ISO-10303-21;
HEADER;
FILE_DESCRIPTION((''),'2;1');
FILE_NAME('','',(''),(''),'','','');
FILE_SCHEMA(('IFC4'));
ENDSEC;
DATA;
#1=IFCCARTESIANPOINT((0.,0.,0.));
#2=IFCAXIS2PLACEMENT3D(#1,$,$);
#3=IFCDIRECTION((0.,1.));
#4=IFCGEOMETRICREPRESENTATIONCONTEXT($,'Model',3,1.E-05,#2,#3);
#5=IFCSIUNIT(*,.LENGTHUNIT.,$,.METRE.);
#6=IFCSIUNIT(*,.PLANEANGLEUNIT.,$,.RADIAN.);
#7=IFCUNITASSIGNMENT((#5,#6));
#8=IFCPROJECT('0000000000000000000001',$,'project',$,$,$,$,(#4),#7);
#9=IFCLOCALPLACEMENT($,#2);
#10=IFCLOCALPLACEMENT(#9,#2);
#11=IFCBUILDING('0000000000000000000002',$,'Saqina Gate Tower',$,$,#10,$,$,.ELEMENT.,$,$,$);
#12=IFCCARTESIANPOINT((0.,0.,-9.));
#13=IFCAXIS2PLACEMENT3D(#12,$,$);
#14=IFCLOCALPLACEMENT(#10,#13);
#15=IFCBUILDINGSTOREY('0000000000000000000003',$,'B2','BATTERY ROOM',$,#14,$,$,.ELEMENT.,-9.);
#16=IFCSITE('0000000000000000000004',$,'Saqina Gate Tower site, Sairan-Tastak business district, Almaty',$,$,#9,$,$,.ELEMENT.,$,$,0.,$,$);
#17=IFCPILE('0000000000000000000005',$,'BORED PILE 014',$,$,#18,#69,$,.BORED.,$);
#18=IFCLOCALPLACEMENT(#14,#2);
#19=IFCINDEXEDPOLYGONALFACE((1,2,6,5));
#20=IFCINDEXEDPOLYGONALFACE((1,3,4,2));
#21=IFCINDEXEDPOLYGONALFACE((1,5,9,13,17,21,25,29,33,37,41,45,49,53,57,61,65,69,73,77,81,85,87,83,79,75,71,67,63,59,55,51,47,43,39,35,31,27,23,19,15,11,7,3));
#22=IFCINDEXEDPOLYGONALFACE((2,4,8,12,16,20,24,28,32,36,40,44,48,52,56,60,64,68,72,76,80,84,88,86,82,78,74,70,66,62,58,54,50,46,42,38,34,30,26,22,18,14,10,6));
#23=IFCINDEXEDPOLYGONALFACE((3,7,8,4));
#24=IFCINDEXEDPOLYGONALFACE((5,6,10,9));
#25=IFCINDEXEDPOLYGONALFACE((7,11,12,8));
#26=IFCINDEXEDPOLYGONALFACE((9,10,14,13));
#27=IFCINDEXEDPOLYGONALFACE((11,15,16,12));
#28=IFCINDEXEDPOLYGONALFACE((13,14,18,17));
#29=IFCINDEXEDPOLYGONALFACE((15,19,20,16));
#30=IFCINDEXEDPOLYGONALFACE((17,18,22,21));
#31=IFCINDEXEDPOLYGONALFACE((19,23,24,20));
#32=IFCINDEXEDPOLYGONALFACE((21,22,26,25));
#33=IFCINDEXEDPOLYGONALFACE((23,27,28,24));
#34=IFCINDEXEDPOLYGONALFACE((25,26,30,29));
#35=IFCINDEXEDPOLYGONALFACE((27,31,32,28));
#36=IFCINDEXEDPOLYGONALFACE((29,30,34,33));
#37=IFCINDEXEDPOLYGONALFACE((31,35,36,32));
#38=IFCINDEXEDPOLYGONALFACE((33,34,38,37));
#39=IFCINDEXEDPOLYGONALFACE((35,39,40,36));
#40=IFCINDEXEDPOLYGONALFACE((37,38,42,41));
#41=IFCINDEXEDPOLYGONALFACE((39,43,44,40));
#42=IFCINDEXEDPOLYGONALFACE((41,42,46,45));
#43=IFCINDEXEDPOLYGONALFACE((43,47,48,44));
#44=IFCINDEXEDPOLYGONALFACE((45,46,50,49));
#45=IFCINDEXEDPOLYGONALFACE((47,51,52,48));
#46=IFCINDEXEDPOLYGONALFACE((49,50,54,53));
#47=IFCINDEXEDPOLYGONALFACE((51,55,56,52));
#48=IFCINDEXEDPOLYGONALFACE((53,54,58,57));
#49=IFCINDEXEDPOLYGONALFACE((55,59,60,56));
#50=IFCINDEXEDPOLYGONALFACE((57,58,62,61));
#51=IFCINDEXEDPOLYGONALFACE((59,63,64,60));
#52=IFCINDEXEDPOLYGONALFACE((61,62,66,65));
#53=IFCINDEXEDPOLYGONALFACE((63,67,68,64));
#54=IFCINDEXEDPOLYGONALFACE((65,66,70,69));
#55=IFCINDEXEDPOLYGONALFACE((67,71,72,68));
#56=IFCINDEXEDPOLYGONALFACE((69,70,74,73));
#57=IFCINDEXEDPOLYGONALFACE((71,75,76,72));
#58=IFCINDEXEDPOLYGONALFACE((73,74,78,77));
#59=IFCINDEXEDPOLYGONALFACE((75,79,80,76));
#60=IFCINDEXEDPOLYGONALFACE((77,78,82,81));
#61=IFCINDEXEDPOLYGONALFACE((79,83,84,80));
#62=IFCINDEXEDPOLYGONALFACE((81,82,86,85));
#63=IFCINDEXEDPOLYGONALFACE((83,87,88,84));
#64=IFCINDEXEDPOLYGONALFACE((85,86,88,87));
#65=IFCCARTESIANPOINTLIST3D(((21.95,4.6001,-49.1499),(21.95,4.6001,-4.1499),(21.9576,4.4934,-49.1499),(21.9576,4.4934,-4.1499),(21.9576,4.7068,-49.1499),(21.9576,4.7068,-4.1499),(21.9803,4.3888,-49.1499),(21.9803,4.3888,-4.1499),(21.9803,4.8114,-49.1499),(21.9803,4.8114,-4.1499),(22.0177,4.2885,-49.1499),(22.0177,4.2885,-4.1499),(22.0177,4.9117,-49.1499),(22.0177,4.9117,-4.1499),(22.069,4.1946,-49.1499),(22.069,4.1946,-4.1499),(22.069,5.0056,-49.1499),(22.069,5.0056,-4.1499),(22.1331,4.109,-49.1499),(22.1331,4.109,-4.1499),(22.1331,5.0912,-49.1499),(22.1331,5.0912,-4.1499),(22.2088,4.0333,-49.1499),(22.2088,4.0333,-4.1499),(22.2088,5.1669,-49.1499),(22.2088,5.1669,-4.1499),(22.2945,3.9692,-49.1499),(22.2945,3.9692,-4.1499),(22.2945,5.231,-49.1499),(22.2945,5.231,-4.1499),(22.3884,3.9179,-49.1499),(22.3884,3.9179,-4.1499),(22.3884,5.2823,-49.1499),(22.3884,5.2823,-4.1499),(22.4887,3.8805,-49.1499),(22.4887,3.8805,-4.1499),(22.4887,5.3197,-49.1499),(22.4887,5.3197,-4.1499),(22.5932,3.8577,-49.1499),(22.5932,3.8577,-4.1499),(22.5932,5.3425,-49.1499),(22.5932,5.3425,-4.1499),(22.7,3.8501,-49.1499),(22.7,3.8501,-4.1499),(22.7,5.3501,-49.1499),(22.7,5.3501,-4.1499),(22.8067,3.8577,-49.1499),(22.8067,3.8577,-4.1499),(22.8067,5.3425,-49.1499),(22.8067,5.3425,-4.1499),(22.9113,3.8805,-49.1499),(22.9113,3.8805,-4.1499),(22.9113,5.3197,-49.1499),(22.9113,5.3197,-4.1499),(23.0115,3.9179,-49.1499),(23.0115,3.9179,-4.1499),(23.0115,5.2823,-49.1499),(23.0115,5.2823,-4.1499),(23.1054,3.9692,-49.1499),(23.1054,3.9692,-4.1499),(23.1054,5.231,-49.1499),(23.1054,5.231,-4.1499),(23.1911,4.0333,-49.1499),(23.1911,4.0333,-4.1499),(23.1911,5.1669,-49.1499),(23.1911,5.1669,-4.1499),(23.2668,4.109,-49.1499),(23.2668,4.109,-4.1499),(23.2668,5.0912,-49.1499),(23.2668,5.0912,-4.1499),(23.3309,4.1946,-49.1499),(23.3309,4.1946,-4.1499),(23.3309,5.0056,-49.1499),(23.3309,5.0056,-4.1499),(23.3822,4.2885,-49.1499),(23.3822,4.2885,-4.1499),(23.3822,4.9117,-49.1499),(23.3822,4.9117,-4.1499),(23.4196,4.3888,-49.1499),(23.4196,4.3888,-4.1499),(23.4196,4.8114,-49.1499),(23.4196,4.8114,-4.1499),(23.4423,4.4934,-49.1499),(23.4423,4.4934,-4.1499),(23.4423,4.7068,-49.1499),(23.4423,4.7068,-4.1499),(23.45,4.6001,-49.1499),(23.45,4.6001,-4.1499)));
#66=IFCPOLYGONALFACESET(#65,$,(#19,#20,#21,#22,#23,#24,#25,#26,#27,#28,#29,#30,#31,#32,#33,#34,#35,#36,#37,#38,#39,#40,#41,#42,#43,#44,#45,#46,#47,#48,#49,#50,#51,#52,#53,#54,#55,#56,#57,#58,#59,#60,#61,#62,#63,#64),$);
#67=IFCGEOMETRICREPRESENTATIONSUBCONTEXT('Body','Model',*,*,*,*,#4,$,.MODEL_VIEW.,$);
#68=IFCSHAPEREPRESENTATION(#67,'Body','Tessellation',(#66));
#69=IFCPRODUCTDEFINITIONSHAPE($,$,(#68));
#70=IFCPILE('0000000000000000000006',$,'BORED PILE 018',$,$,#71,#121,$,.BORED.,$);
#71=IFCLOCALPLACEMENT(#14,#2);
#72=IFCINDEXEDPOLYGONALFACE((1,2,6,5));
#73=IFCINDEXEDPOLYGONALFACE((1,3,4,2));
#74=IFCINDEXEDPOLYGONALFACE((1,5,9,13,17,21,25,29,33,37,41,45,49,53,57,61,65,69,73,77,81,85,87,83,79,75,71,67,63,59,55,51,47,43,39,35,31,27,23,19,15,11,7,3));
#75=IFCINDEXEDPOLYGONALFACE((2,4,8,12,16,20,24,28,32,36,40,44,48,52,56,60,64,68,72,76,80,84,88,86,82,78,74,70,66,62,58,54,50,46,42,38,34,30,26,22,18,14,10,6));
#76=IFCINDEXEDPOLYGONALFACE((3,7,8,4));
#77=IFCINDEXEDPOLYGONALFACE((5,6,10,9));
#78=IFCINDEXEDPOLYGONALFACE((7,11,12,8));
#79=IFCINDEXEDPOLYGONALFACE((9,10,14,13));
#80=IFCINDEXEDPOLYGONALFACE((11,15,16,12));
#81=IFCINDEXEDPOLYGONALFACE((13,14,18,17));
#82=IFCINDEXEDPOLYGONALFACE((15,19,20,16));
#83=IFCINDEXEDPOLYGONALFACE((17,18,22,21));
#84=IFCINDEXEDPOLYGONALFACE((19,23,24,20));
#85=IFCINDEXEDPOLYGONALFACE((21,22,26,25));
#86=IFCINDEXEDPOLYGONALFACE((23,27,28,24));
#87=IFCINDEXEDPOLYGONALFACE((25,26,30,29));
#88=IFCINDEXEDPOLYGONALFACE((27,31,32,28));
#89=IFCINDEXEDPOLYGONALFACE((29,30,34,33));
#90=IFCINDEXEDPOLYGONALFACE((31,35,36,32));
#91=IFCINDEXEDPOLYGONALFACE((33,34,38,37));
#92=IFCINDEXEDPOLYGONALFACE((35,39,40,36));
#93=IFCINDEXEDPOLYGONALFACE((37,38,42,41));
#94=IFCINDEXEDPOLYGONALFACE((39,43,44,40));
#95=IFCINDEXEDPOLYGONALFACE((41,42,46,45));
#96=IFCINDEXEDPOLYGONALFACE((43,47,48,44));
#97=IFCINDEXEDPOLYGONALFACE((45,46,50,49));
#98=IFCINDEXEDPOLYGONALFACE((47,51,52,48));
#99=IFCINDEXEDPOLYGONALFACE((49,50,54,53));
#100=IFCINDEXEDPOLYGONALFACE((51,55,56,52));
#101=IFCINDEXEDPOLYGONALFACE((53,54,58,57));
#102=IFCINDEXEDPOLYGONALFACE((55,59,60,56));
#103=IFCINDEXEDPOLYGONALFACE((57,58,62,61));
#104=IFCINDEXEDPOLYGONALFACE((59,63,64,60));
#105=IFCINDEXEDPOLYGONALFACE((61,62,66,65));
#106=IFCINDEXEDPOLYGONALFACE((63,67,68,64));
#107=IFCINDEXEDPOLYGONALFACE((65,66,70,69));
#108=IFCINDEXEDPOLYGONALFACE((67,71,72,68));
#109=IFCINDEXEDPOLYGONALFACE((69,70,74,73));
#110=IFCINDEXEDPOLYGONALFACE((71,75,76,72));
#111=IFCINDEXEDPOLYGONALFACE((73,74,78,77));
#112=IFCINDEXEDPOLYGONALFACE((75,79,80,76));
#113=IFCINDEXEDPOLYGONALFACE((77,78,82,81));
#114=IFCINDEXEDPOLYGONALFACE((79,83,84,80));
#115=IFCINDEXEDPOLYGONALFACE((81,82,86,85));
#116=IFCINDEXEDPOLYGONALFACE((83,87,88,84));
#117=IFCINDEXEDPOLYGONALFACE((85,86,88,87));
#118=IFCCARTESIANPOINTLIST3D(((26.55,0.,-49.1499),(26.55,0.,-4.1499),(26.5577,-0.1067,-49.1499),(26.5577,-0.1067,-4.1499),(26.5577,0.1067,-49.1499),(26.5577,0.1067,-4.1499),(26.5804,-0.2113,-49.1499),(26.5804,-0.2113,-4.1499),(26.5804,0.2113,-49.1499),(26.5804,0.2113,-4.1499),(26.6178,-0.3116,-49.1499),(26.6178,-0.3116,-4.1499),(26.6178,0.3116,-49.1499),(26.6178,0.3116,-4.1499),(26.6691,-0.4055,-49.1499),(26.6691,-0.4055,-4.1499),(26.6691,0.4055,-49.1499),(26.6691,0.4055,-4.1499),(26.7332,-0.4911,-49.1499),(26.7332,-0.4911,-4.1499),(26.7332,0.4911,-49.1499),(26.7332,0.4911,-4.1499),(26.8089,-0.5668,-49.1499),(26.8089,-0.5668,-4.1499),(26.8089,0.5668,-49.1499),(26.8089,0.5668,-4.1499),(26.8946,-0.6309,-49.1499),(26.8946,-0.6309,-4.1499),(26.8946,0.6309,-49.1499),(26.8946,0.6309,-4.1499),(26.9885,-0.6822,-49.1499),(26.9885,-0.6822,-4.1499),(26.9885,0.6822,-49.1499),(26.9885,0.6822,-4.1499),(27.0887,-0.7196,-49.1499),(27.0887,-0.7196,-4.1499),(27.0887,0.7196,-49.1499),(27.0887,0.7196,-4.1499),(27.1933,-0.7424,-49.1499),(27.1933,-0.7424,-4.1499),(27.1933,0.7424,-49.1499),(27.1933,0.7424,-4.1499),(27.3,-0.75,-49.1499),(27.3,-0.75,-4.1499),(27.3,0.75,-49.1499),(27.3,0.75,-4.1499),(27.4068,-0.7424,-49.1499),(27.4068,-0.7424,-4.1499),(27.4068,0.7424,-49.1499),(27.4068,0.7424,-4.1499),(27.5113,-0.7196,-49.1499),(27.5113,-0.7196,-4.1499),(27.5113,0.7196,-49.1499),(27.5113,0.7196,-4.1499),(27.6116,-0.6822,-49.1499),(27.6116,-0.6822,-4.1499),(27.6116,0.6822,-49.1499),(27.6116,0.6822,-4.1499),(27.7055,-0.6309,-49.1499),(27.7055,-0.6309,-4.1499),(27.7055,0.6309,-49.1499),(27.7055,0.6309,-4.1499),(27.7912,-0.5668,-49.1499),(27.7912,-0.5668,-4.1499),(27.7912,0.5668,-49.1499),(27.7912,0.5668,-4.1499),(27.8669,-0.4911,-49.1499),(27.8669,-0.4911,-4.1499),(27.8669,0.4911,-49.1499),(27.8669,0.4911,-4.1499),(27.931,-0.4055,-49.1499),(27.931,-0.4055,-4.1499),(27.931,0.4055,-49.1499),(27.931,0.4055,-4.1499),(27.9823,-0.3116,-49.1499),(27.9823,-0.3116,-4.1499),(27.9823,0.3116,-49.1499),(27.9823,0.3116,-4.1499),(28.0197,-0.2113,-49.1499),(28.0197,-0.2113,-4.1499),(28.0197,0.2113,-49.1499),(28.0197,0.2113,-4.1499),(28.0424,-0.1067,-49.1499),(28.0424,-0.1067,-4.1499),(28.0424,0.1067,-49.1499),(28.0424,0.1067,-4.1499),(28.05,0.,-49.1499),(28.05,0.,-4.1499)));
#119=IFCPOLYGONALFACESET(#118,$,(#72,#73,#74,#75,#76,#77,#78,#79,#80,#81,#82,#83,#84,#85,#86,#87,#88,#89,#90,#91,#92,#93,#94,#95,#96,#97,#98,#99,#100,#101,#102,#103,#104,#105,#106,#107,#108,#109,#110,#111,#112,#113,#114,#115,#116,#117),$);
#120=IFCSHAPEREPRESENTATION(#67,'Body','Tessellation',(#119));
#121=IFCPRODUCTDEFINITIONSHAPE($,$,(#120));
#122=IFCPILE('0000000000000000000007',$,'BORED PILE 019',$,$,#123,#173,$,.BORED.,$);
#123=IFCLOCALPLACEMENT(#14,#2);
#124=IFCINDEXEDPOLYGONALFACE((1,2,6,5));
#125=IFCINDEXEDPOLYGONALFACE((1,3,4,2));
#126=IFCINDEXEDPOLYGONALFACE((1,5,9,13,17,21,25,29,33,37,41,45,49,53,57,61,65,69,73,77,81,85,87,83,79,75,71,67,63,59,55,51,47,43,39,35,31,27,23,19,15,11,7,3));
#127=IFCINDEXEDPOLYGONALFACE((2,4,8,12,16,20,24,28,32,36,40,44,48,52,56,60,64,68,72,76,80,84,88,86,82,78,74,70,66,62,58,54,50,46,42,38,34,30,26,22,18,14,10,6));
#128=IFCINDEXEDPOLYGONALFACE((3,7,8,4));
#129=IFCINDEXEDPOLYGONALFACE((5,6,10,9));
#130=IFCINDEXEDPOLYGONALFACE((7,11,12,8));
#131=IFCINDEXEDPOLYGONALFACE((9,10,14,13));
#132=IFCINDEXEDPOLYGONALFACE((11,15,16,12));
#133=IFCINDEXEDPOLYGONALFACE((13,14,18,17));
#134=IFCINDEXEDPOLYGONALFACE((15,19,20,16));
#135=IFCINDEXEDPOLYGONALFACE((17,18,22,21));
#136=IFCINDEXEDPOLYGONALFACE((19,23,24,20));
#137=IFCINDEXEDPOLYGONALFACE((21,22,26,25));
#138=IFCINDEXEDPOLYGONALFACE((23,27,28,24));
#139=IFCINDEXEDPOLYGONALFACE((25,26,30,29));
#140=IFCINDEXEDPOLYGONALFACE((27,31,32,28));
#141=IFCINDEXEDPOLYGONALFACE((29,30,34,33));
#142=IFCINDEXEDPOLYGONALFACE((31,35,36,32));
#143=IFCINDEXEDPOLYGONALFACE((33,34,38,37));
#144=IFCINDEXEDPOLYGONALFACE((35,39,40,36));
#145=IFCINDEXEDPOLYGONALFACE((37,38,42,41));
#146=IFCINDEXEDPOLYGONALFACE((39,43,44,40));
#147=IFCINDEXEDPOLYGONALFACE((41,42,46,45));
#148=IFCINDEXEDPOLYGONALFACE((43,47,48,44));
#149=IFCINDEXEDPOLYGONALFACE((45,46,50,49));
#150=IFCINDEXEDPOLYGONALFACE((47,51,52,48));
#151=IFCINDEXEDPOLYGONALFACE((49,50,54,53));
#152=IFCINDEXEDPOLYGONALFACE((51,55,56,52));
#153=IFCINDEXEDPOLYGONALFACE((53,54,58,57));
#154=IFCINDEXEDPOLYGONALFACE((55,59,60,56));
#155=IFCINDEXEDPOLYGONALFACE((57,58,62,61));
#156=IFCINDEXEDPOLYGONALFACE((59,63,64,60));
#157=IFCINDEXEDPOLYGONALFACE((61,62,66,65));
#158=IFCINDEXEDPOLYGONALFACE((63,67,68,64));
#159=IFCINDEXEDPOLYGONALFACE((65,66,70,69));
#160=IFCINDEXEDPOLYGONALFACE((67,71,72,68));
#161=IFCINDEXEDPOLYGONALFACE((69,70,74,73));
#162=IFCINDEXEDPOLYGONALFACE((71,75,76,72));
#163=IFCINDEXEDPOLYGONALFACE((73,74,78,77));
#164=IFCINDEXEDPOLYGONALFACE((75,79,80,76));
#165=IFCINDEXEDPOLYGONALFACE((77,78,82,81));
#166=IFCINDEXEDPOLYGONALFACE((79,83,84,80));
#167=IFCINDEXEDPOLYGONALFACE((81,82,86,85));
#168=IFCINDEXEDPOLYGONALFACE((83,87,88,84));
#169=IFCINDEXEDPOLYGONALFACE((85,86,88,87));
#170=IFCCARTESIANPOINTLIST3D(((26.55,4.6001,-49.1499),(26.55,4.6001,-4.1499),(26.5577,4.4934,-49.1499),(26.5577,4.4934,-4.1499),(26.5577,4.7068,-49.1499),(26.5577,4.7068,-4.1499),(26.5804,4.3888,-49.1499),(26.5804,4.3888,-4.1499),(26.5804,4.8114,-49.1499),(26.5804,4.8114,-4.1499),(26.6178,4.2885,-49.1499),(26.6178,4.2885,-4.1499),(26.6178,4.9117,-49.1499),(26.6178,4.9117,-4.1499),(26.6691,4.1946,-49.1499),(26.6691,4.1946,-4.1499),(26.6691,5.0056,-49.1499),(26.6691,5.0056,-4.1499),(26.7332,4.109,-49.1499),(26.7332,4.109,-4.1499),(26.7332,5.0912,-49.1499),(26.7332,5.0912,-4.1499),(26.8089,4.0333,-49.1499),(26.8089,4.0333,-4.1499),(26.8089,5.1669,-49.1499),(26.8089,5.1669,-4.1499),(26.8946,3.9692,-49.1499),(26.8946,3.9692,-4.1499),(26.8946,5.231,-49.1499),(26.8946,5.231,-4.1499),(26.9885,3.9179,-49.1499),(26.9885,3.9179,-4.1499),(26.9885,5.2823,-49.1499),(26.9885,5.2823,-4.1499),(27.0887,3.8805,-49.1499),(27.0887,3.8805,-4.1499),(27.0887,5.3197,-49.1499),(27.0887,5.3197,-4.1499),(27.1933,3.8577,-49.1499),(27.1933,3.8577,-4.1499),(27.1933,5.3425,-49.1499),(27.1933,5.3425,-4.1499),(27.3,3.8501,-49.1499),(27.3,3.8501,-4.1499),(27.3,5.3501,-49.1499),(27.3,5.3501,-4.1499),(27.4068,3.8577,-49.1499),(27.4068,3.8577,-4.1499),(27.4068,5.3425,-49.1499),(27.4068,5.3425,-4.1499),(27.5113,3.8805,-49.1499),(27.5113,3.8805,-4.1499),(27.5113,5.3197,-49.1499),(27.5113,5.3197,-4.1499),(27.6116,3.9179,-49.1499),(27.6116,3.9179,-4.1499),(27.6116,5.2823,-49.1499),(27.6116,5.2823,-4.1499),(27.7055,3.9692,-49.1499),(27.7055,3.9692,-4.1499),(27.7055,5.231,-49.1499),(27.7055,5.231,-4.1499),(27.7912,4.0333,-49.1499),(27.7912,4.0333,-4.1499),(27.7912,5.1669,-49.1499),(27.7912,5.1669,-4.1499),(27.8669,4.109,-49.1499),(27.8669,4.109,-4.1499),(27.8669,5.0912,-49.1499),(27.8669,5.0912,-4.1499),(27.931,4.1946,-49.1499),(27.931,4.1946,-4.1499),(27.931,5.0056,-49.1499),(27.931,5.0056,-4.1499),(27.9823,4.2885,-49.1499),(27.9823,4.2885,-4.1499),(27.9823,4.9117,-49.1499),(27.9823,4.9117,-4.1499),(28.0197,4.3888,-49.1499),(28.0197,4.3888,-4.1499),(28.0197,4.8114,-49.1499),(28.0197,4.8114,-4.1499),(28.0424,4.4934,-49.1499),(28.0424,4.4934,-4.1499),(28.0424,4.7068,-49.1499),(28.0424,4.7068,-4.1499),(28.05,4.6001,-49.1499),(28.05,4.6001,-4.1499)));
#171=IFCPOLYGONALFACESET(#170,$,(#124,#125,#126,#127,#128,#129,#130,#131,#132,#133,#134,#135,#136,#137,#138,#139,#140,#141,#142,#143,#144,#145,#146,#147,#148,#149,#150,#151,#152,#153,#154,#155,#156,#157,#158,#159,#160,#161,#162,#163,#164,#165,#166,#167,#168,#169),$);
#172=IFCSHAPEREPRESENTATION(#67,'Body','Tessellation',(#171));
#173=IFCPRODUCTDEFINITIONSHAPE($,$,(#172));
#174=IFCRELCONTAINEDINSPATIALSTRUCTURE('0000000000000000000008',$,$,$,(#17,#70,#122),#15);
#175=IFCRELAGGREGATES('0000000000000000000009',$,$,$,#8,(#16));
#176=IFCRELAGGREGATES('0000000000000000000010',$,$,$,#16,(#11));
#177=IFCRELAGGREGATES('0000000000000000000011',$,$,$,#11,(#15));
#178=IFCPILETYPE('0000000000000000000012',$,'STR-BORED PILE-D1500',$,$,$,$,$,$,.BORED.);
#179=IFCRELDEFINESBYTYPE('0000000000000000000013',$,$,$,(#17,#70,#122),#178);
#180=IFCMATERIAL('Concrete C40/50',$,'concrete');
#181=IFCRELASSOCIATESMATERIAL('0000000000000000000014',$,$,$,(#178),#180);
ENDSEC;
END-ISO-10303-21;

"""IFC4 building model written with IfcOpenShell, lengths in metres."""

from ifc_helpers import new_model, si_unit, direction, frame, origin, origin_2d, place, context, subcontext, project, spatial, circle, extrude, material, material_profile, profile_set, type_object, element, save


model = new_model("IFC4")

# Units and contexts
model_context = context("Model", 3, precision=1e-05, world=origin(), true_north=direction((0.0, 1.0)))
body_context = subcontext(model_context, "Body", "Model", "MODEL_VIEW")
ifc_project = project(units=[si_unit("LENGTHUNIT", "METRE"), si_unit("PLANEANGLEUNIT", "RADIAN")], contexts=[model_context])

# Site, building, storey
site_placement = place(None, origin())
site = spatial("IfcSite", under=ifc_project, at=site_placement, Name="Saqina Gate Tower site, Sairan-Tastak business district, Almaty", CompositionType="ELEMENT", RefElevation=0.0)
building_placement = place(site_placement, origin())
building = spatial("IfcBuilding", under=site, at=building_placement, Name="Saqina Gate Tower", CompositionType="ELEMENT")
storey_placement = place(building_placement, frame((0.0, 0.0, -9.0)))
storey = spatial("IfcBuildingStorey", under=building, at=storey_placement, Name="B2", Description="BATTERY ROOM", CompositionType="ELEMENT", Elevation=-9.0)

# Piles
ifc_material_1 = material(Name="Concrete C40/50", Category="concrete")
ifc_material_profile_1 = material_profile(ifc_material_1, circle(Radius=0.75, at=origin_2d()), Name="RC D1500")
ifc_profile_set_1 = profile_set([ifc_material_profile_1], Name="Concrete C40/50")
pile_type = type_object("IfcPileType", Name="STR-BORED PILE-D1500", PredefinedType="BORED", material=ifc_profile_set_1)
for number, where, z_axis, x_axis, name in (
    (1, (22.7, 4.6001, -4.1499), (0.0, 0.0, -1.0), (1.0, 0.0, 0.0), "BORED PILE 014"),
    (2, (27.3, 0.0, -4.1499), (0.0, 0.0, -1.0), (1.0, 0.0, 0.0), "BORED PILE 018"),
    (3, (27.3, 4.6001, -4.1499), (0.0, 0.0, -1.0), (1.0, 0.0, 0.0), "BORED PILE 019"),
):
    element("IfcPile", number, at=place(storey_placement, frame(where, z_axis=z_axis, x_axis=x_axis)), inside=storey, type_object=pile_type, Name=name, PredefinedType="BORED", context=body_context, shape_type="SweptSolid", body=[
        extrude(circle(Radius=0.75, at=origin_2d()), origin(), (0.0, 0.0, 1.0), 45.0),
    ])

save(model, "model.ifc")
